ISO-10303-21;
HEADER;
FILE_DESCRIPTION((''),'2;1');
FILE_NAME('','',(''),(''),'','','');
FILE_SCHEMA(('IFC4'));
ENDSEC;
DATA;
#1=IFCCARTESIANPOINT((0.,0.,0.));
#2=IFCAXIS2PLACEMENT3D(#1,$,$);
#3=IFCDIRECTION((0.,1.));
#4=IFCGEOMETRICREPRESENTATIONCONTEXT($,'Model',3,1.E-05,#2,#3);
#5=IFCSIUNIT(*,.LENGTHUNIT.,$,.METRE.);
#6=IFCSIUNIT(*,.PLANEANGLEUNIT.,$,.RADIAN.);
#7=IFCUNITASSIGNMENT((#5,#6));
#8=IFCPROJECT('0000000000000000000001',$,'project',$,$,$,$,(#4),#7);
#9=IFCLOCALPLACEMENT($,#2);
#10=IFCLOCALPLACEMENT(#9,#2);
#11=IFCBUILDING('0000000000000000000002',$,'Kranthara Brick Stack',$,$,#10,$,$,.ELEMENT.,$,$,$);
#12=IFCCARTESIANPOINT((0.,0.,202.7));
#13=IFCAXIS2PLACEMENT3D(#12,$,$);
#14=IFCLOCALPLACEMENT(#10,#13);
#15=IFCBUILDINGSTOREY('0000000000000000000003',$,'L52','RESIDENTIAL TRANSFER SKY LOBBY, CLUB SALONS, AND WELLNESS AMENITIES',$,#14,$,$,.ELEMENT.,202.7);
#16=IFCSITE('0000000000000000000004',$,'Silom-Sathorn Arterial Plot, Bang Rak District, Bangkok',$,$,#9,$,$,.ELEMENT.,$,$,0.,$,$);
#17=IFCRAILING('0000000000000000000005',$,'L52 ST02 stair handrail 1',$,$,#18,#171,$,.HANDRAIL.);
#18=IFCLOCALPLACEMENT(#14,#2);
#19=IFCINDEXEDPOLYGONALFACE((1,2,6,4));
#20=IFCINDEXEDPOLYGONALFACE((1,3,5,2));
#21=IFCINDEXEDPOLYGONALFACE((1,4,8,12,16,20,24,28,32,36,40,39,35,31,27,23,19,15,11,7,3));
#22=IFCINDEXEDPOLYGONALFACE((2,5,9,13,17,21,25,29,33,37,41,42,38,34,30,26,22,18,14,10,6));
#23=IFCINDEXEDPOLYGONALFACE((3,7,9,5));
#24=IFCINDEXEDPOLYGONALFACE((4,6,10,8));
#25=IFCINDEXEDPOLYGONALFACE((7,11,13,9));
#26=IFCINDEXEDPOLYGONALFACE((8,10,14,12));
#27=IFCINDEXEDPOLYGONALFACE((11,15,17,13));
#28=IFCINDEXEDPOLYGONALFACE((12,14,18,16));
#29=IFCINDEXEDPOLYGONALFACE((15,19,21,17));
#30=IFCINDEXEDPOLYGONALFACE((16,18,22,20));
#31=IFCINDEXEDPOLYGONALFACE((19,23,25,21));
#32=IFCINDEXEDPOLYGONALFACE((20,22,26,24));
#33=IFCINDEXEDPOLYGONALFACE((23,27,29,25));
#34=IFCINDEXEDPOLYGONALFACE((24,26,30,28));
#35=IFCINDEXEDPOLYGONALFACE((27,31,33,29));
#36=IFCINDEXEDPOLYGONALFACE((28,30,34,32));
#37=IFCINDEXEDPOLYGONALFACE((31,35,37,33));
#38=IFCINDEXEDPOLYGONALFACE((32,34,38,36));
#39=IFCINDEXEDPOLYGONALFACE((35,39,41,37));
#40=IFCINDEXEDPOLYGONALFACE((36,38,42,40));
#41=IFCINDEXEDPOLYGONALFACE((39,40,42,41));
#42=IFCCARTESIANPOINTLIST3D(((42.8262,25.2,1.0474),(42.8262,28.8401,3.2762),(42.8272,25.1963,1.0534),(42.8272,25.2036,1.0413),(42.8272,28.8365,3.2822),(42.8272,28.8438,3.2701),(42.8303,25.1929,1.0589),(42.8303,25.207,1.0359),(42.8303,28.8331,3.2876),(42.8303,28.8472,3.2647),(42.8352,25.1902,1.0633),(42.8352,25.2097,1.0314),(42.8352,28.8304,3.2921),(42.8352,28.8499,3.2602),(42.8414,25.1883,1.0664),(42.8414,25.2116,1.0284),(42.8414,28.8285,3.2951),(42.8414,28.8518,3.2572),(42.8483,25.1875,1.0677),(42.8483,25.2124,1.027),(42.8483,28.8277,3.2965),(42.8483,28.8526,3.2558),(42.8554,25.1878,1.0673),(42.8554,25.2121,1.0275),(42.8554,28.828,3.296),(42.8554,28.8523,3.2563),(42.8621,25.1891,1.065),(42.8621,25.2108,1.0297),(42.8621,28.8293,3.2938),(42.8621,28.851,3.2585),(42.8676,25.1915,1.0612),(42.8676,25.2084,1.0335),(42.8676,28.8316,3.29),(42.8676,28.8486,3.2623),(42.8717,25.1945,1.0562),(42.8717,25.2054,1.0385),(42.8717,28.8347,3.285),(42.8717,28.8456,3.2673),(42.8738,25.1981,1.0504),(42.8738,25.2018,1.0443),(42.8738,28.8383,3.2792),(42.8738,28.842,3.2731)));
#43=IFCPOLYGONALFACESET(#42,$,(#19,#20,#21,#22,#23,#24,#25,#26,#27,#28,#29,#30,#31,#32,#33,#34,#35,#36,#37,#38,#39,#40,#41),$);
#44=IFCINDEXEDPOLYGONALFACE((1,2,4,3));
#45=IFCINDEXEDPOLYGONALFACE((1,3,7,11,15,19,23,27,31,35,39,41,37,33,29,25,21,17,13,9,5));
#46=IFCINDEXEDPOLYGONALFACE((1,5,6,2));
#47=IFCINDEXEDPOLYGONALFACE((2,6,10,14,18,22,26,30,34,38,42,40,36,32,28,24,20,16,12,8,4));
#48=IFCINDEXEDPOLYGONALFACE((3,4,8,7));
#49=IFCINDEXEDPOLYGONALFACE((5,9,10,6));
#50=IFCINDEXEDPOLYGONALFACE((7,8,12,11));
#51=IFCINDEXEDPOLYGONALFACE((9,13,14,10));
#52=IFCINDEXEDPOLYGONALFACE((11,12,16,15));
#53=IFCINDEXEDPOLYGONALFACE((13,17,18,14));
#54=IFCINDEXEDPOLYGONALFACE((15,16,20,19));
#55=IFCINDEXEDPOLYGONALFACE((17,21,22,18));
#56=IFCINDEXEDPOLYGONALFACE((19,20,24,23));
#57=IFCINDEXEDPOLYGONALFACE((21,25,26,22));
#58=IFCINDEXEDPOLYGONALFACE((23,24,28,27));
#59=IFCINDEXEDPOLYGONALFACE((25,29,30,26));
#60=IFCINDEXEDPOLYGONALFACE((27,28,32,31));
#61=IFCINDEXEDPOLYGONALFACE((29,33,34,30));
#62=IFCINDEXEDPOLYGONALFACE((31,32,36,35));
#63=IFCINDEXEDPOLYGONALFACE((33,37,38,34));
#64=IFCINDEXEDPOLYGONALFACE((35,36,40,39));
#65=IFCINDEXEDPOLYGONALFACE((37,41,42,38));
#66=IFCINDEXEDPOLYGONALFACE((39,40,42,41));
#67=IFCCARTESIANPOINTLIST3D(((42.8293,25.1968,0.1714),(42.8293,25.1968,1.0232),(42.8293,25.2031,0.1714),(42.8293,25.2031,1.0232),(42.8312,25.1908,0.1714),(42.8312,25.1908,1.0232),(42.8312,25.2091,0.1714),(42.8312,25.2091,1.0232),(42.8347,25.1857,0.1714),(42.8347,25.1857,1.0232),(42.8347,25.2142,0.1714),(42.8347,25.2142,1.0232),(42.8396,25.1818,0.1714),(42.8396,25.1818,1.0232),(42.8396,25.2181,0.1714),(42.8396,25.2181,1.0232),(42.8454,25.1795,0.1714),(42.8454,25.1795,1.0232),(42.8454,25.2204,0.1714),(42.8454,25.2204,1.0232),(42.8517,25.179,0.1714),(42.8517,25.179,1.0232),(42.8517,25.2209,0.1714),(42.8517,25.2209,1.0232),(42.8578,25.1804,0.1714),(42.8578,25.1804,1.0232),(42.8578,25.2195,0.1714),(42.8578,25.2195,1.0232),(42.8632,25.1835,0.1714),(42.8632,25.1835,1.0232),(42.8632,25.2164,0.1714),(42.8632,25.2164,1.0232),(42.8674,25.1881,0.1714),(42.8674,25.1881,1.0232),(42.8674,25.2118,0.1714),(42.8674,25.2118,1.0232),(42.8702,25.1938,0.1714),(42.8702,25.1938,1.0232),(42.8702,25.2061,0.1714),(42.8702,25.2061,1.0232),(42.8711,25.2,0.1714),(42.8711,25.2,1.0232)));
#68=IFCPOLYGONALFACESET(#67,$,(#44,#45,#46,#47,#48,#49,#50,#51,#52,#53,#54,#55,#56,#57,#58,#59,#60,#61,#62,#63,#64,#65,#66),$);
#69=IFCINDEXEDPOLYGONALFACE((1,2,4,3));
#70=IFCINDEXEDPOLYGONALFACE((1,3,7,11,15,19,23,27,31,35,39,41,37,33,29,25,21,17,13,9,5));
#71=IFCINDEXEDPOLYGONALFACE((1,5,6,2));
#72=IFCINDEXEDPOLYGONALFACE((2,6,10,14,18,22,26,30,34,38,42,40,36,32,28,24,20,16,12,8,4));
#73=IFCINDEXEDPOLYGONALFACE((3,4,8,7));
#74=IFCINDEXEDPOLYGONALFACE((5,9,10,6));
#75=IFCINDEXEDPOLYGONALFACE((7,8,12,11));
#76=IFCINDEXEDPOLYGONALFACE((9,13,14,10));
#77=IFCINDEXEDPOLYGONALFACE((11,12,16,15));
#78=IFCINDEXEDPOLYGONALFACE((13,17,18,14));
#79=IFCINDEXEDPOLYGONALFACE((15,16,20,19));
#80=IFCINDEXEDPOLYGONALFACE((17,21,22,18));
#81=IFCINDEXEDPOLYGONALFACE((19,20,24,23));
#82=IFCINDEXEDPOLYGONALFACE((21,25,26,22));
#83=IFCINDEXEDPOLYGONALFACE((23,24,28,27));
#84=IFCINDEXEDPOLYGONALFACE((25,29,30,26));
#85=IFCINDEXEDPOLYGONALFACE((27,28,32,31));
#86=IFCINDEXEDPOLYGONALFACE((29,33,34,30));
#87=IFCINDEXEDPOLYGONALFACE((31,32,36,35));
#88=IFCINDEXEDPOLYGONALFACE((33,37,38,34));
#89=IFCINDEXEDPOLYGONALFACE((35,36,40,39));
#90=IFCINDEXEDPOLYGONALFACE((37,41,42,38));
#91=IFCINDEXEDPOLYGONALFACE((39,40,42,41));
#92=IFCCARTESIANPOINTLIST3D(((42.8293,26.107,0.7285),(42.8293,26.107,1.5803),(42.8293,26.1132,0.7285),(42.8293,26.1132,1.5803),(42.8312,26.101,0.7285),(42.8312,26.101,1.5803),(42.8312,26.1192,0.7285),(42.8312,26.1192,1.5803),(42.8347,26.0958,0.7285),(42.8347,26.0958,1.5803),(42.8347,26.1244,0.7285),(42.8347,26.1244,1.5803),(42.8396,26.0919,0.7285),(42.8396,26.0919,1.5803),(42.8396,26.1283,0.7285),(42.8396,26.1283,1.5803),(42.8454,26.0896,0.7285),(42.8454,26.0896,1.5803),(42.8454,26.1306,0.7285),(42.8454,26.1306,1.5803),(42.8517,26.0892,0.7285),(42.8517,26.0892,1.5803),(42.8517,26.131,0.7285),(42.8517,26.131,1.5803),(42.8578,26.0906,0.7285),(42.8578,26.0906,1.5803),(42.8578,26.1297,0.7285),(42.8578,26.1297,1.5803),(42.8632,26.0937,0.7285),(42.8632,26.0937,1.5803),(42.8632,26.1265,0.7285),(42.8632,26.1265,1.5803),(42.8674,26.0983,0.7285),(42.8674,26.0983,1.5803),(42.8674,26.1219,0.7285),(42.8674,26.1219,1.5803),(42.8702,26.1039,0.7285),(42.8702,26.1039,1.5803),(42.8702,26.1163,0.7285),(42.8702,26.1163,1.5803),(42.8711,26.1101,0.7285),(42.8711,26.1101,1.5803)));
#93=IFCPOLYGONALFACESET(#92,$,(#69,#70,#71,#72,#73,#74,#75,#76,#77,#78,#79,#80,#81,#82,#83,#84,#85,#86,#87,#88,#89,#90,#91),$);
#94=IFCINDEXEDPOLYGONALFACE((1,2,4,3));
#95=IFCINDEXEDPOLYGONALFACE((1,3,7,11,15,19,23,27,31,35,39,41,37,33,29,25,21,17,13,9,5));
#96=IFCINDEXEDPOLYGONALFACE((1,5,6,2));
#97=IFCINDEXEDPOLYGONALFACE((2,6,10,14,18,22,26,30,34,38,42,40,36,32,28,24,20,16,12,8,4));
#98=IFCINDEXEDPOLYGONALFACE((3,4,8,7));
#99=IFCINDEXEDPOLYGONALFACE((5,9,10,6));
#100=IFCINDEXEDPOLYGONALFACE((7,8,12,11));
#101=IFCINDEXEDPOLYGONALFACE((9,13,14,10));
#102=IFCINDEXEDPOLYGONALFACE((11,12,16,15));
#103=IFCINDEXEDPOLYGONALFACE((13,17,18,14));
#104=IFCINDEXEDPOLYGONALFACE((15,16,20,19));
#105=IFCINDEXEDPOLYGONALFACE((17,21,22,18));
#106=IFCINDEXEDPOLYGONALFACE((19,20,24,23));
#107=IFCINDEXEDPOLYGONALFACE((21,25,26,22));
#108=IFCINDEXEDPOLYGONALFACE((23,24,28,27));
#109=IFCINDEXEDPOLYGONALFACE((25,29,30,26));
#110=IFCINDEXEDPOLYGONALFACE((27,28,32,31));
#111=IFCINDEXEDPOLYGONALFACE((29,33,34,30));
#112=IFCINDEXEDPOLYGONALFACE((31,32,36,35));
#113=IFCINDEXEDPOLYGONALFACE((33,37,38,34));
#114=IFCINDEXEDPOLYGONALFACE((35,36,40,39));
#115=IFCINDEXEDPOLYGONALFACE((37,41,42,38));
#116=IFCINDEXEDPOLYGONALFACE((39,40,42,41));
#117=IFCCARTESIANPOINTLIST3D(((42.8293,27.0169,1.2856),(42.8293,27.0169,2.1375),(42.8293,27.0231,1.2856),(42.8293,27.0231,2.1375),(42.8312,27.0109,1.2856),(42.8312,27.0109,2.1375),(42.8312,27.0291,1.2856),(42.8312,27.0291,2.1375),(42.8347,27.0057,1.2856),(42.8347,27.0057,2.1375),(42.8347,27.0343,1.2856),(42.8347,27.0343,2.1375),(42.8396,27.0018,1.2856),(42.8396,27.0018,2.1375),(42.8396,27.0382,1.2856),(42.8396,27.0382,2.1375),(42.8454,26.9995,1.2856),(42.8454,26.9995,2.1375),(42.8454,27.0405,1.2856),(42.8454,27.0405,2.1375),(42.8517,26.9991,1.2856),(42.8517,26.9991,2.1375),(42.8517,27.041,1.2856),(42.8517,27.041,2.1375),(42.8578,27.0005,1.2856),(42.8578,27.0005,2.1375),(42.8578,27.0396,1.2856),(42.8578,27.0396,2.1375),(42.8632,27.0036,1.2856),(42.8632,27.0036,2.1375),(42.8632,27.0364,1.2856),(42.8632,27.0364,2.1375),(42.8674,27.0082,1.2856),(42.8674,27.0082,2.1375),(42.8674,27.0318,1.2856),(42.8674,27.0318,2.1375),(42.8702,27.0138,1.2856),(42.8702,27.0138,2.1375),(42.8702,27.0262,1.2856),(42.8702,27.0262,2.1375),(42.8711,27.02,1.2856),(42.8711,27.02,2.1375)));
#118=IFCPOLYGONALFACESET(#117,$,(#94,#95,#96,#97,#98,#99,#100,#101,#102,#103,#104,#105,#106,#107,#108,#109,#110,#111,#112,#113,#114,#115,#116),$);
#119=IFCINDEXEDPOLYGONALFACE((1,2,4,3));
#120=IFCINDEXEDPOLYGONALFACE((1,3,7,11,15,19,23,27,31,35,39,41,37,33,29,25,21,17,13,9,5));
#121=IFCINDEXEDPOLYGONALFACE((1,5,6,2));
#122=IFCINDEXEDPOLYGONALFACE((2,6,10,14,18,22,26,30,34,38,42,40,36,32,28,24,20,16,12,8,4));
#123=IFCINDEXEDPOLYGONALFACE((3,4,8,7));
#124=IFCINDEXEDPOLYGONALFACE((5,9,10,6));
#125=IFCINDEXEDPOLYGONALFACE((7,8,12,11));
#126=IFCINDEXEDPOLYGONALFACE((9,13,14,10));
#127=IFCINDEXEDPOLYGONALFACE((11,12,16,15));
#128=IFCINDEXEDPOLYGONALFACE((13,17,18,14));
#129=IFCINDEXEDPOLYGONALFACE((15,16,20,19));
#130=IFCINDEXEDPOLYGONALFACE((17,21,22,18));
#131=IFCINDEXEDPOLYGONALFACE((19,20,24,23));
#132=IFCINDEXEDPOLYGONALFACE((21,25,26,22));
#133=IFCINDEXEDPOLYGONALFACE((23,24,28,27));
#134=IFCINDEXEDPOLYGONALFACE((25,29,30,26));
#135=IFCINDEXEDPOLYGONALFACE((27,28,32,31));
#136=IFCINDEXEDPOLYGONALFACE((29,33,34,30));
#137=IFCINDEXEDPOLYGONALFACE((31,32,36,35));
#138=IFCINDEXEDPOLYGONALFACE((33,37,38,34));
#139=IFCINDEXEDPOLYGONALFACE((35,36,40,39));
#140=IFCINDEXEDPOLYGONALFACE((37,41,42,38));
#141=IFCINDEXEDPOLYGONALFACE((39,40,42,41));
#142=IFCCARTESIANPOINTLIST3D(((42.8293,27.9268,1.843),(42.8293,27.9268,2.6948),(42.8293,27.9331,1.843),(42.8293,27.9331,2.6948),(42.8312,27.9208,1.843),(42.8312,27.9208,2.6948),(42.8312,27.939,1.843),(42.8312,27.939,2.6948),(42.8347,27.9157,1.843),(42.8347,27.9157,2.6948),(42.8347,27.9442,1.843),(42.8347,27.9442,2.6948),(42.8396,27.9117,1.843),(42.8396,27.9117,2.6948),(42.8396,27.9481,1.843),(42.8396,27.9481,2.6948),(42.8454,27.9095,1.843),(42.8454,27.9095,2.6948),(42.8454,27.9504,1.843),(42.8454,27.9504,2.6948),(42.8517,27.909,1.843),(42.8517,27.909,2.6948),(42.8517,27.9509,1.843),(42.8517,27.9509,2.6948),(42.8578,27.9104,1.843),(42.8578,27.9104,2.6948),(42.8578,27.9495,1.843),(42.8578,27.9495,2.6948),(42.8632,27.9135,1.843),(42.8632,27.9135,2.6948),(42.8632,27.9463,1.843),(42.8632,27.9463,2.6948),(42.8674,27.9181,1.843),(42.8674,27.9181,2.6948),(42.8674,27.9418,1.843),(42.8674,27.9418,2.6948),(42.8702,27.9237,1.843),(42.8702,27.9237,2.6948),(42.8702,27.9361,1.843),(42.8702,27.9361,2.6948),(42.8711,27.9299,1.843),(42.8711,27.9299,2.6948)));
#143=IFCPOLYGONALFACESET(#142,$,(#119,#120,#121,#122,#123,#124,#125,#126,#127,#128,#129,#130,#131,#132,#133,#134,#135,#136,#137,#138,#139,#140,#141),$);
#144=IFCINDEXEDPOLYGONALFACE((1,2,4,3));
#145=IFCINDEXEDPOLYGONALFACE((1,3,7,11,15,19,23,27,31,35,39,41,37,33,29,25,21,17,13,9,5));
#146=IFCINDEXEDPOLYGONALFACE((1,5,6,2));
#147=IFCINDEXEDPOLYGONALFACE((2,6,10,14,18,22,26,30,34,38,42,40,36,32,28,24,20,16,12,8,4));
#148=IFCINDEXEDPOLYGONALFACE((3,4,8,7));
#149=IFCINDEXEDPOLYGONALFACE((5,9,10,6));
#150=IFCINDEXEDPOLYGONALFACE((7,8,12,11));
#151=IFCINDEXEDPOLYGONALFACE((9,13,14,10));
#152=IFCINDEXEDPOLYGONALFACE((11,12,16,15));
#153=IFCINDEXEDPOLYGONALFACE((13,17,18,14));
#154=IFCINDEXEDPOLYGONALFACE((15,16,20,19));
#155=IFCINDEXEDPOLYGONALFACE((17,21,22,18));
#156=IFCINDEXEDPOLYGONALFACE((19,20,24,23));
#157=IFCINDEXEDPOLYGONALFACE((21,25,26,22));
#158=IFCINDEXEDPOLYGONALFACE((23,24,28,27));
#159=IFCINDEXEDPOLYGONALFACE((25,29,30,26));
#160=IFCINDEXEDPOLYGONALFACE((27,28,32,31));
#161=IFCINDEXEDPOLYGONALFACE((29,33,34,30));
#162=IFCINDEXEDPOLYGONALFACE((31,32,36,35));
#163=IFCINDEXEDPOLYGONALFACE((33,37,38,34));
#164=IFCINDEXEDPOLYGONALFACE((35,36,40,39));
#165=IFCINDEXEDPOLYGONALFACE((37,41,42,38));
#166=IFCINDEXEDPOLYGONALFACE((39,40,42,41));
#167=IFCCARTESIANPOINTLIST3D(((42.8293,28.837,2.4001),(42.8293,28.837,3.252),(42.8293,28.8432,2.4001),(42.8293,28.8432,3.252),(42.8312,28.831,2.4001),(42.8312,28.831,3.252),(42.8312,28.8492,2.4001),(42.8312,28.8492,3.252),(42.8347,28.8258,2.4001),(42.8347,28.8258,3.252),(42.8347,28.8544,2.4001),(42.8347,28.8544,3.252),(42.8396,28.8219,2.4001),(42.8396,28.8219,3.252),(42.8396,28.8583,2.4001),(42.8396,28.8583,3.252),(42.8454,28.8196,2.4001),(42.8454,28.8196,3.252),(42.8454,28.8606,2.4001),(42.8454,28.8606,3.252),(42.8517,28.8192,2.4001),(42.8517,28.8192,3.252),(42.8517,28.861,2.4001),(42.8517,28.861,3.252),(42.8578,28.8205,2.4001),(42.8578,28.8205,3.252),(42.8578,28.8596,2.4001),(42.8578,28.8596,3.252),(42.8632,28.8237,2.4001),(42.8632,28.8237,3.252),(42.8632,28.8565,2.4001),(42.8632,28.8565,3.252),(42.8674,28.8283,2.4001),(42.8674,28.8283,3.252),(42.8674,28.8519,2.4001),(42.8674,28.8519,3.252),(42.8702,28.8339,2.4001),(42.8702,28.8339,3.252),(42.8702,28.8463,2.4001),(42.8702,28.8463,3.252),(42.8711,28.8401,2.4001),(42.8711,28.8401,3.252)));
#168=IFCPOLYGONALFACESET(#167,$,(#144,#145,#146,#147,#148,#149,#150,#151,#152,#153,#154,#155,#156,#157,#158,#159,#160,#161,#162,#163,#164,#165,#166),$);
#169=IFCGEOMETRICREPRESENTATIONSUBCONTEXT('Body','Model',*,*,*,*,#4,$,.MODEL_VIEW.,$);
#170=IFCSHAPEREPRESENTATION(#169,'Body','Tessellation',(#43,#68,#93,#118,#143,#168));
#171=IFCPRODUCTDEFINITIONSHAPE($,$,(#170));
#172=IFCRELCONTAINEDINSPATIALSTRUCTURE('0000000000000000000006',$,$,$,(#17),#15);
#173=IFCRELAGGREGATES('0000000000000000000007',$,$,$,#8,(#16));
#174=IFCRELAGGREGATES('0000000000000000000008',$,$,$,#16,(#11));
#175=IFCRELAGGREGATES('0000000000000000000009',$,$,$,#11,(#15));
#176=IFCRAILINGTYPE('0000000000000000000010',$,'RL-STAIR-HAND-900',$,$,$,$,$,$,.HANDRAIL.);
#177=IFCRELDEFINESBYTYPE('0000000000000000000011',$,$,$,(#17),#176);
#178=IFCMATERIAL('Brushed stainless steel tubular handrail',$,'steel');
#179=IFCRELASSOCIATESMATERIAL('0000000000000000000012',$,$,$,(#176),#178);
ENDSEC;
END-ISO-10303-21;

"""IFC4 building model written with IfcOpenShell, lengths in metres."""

from ifc_helpers import new_model, si_unit, direction, frame, origin, origin_2d, place, context, subcontext, project, spatial, circle, extrude, material, type_object, element, save


model = new_model("IFC4")

# Units and contexts
model_context = context("Model", 3, precision=1e-05, world=origin(), true_north=direction((0.0, 1.0)))
body_context = subcontext(model_context, "Body", "Model", "MODEL_VIEW")
ifc_project = project(units=[si_unit("LENGTHUNIT", "METRE"), si_unit("PLANEANGLEUNIT", "RADIAN")], contexts=[model_context])

# Site, building, storey
site_placement = place(None, origin())
site = spatial("IfcSite", under=ifc_project, at=site_placement, Name="Silom-Sathorn Arterial Plot, Bang Rak District, Bangkok", CompositionType="ELEMENT", RefElevation=0.0)
building_placement = place(site_placement, origin())
building = spatial("IfcBuilding", under=site, at=building_placement, Name="Kranthara Brick Stack", CompositionType="ELEMENT")
storey_placement = place(building_placement, frame((0.0, 0.0, 202.7)))
storey = spatial("IfcBuildingStorey", under=building, at=storey_placement, Name="L52", Description="RESIDENTIAL TRANSFER SKY LOBBY, CLUB SALONS, AND WELLNESS AMENITIES", CompositionType="ELEMENT", Elevation=202.7)

# Railing
ifc_material_1 = material(Name="Brushed stainless steel tubular handrail", Category="steel")
railing_type_1 = type_object("IfcRailingType", Name="RL-STAIR-HAND-900", PredefinedType="HANDRAIL", material=ifc_material_1)
railing_1_placement = place(storey_placement, frame((42.8501, 25.2, 0.1714)))
element("IfcRailing", 1, at=railing_1_placement, inside=storey, type_object=railing_type_1, Name="L52 ST02 stair handrail 1", PredefinedType="HANDRAIL", context=body_context, shape_type="SweptSolid", body=[
    extrude(circle(Radius=0.0239, at=origin_2d()), frame((0.0, 0.0, 0.876), z_axis=(0.0, 0.85284, 0.522172), x_axis=(-1.0, 0.0, 0.0)), (0.0, 0.0, 1.0), 4.2683),
    extrude(circle(Radius=0.021, at=origin_2d()), origin(), (0.0, 0.0, 1.0), 0.8518),
    extrude(circle(Radius=0.021, at=origin_2d()), frame((0.0, 0.9102, 0.5571)), (0.0, 0.0, 1.0), 0.8518),
    extrude(circle(Radius=0.021, at=origin_2d()), frame((0.0, 1.8201, 1.1143)), (0.0, 0.0, 1.0), 0.8518),
    extrude(circle(Radius=0.021, at=origin_2d()), frame((0.0, 2.73, 1.6716)), (0.0, 0.0, 1.0), 0.8518),
    extrude(circle(Radius=0.021, at=origin_2d()), frame((0.0, 3.6401, 2.2288)), (0.0, 0.0, 1.0), 0.8518),
])

save(model, "model.ifc")
